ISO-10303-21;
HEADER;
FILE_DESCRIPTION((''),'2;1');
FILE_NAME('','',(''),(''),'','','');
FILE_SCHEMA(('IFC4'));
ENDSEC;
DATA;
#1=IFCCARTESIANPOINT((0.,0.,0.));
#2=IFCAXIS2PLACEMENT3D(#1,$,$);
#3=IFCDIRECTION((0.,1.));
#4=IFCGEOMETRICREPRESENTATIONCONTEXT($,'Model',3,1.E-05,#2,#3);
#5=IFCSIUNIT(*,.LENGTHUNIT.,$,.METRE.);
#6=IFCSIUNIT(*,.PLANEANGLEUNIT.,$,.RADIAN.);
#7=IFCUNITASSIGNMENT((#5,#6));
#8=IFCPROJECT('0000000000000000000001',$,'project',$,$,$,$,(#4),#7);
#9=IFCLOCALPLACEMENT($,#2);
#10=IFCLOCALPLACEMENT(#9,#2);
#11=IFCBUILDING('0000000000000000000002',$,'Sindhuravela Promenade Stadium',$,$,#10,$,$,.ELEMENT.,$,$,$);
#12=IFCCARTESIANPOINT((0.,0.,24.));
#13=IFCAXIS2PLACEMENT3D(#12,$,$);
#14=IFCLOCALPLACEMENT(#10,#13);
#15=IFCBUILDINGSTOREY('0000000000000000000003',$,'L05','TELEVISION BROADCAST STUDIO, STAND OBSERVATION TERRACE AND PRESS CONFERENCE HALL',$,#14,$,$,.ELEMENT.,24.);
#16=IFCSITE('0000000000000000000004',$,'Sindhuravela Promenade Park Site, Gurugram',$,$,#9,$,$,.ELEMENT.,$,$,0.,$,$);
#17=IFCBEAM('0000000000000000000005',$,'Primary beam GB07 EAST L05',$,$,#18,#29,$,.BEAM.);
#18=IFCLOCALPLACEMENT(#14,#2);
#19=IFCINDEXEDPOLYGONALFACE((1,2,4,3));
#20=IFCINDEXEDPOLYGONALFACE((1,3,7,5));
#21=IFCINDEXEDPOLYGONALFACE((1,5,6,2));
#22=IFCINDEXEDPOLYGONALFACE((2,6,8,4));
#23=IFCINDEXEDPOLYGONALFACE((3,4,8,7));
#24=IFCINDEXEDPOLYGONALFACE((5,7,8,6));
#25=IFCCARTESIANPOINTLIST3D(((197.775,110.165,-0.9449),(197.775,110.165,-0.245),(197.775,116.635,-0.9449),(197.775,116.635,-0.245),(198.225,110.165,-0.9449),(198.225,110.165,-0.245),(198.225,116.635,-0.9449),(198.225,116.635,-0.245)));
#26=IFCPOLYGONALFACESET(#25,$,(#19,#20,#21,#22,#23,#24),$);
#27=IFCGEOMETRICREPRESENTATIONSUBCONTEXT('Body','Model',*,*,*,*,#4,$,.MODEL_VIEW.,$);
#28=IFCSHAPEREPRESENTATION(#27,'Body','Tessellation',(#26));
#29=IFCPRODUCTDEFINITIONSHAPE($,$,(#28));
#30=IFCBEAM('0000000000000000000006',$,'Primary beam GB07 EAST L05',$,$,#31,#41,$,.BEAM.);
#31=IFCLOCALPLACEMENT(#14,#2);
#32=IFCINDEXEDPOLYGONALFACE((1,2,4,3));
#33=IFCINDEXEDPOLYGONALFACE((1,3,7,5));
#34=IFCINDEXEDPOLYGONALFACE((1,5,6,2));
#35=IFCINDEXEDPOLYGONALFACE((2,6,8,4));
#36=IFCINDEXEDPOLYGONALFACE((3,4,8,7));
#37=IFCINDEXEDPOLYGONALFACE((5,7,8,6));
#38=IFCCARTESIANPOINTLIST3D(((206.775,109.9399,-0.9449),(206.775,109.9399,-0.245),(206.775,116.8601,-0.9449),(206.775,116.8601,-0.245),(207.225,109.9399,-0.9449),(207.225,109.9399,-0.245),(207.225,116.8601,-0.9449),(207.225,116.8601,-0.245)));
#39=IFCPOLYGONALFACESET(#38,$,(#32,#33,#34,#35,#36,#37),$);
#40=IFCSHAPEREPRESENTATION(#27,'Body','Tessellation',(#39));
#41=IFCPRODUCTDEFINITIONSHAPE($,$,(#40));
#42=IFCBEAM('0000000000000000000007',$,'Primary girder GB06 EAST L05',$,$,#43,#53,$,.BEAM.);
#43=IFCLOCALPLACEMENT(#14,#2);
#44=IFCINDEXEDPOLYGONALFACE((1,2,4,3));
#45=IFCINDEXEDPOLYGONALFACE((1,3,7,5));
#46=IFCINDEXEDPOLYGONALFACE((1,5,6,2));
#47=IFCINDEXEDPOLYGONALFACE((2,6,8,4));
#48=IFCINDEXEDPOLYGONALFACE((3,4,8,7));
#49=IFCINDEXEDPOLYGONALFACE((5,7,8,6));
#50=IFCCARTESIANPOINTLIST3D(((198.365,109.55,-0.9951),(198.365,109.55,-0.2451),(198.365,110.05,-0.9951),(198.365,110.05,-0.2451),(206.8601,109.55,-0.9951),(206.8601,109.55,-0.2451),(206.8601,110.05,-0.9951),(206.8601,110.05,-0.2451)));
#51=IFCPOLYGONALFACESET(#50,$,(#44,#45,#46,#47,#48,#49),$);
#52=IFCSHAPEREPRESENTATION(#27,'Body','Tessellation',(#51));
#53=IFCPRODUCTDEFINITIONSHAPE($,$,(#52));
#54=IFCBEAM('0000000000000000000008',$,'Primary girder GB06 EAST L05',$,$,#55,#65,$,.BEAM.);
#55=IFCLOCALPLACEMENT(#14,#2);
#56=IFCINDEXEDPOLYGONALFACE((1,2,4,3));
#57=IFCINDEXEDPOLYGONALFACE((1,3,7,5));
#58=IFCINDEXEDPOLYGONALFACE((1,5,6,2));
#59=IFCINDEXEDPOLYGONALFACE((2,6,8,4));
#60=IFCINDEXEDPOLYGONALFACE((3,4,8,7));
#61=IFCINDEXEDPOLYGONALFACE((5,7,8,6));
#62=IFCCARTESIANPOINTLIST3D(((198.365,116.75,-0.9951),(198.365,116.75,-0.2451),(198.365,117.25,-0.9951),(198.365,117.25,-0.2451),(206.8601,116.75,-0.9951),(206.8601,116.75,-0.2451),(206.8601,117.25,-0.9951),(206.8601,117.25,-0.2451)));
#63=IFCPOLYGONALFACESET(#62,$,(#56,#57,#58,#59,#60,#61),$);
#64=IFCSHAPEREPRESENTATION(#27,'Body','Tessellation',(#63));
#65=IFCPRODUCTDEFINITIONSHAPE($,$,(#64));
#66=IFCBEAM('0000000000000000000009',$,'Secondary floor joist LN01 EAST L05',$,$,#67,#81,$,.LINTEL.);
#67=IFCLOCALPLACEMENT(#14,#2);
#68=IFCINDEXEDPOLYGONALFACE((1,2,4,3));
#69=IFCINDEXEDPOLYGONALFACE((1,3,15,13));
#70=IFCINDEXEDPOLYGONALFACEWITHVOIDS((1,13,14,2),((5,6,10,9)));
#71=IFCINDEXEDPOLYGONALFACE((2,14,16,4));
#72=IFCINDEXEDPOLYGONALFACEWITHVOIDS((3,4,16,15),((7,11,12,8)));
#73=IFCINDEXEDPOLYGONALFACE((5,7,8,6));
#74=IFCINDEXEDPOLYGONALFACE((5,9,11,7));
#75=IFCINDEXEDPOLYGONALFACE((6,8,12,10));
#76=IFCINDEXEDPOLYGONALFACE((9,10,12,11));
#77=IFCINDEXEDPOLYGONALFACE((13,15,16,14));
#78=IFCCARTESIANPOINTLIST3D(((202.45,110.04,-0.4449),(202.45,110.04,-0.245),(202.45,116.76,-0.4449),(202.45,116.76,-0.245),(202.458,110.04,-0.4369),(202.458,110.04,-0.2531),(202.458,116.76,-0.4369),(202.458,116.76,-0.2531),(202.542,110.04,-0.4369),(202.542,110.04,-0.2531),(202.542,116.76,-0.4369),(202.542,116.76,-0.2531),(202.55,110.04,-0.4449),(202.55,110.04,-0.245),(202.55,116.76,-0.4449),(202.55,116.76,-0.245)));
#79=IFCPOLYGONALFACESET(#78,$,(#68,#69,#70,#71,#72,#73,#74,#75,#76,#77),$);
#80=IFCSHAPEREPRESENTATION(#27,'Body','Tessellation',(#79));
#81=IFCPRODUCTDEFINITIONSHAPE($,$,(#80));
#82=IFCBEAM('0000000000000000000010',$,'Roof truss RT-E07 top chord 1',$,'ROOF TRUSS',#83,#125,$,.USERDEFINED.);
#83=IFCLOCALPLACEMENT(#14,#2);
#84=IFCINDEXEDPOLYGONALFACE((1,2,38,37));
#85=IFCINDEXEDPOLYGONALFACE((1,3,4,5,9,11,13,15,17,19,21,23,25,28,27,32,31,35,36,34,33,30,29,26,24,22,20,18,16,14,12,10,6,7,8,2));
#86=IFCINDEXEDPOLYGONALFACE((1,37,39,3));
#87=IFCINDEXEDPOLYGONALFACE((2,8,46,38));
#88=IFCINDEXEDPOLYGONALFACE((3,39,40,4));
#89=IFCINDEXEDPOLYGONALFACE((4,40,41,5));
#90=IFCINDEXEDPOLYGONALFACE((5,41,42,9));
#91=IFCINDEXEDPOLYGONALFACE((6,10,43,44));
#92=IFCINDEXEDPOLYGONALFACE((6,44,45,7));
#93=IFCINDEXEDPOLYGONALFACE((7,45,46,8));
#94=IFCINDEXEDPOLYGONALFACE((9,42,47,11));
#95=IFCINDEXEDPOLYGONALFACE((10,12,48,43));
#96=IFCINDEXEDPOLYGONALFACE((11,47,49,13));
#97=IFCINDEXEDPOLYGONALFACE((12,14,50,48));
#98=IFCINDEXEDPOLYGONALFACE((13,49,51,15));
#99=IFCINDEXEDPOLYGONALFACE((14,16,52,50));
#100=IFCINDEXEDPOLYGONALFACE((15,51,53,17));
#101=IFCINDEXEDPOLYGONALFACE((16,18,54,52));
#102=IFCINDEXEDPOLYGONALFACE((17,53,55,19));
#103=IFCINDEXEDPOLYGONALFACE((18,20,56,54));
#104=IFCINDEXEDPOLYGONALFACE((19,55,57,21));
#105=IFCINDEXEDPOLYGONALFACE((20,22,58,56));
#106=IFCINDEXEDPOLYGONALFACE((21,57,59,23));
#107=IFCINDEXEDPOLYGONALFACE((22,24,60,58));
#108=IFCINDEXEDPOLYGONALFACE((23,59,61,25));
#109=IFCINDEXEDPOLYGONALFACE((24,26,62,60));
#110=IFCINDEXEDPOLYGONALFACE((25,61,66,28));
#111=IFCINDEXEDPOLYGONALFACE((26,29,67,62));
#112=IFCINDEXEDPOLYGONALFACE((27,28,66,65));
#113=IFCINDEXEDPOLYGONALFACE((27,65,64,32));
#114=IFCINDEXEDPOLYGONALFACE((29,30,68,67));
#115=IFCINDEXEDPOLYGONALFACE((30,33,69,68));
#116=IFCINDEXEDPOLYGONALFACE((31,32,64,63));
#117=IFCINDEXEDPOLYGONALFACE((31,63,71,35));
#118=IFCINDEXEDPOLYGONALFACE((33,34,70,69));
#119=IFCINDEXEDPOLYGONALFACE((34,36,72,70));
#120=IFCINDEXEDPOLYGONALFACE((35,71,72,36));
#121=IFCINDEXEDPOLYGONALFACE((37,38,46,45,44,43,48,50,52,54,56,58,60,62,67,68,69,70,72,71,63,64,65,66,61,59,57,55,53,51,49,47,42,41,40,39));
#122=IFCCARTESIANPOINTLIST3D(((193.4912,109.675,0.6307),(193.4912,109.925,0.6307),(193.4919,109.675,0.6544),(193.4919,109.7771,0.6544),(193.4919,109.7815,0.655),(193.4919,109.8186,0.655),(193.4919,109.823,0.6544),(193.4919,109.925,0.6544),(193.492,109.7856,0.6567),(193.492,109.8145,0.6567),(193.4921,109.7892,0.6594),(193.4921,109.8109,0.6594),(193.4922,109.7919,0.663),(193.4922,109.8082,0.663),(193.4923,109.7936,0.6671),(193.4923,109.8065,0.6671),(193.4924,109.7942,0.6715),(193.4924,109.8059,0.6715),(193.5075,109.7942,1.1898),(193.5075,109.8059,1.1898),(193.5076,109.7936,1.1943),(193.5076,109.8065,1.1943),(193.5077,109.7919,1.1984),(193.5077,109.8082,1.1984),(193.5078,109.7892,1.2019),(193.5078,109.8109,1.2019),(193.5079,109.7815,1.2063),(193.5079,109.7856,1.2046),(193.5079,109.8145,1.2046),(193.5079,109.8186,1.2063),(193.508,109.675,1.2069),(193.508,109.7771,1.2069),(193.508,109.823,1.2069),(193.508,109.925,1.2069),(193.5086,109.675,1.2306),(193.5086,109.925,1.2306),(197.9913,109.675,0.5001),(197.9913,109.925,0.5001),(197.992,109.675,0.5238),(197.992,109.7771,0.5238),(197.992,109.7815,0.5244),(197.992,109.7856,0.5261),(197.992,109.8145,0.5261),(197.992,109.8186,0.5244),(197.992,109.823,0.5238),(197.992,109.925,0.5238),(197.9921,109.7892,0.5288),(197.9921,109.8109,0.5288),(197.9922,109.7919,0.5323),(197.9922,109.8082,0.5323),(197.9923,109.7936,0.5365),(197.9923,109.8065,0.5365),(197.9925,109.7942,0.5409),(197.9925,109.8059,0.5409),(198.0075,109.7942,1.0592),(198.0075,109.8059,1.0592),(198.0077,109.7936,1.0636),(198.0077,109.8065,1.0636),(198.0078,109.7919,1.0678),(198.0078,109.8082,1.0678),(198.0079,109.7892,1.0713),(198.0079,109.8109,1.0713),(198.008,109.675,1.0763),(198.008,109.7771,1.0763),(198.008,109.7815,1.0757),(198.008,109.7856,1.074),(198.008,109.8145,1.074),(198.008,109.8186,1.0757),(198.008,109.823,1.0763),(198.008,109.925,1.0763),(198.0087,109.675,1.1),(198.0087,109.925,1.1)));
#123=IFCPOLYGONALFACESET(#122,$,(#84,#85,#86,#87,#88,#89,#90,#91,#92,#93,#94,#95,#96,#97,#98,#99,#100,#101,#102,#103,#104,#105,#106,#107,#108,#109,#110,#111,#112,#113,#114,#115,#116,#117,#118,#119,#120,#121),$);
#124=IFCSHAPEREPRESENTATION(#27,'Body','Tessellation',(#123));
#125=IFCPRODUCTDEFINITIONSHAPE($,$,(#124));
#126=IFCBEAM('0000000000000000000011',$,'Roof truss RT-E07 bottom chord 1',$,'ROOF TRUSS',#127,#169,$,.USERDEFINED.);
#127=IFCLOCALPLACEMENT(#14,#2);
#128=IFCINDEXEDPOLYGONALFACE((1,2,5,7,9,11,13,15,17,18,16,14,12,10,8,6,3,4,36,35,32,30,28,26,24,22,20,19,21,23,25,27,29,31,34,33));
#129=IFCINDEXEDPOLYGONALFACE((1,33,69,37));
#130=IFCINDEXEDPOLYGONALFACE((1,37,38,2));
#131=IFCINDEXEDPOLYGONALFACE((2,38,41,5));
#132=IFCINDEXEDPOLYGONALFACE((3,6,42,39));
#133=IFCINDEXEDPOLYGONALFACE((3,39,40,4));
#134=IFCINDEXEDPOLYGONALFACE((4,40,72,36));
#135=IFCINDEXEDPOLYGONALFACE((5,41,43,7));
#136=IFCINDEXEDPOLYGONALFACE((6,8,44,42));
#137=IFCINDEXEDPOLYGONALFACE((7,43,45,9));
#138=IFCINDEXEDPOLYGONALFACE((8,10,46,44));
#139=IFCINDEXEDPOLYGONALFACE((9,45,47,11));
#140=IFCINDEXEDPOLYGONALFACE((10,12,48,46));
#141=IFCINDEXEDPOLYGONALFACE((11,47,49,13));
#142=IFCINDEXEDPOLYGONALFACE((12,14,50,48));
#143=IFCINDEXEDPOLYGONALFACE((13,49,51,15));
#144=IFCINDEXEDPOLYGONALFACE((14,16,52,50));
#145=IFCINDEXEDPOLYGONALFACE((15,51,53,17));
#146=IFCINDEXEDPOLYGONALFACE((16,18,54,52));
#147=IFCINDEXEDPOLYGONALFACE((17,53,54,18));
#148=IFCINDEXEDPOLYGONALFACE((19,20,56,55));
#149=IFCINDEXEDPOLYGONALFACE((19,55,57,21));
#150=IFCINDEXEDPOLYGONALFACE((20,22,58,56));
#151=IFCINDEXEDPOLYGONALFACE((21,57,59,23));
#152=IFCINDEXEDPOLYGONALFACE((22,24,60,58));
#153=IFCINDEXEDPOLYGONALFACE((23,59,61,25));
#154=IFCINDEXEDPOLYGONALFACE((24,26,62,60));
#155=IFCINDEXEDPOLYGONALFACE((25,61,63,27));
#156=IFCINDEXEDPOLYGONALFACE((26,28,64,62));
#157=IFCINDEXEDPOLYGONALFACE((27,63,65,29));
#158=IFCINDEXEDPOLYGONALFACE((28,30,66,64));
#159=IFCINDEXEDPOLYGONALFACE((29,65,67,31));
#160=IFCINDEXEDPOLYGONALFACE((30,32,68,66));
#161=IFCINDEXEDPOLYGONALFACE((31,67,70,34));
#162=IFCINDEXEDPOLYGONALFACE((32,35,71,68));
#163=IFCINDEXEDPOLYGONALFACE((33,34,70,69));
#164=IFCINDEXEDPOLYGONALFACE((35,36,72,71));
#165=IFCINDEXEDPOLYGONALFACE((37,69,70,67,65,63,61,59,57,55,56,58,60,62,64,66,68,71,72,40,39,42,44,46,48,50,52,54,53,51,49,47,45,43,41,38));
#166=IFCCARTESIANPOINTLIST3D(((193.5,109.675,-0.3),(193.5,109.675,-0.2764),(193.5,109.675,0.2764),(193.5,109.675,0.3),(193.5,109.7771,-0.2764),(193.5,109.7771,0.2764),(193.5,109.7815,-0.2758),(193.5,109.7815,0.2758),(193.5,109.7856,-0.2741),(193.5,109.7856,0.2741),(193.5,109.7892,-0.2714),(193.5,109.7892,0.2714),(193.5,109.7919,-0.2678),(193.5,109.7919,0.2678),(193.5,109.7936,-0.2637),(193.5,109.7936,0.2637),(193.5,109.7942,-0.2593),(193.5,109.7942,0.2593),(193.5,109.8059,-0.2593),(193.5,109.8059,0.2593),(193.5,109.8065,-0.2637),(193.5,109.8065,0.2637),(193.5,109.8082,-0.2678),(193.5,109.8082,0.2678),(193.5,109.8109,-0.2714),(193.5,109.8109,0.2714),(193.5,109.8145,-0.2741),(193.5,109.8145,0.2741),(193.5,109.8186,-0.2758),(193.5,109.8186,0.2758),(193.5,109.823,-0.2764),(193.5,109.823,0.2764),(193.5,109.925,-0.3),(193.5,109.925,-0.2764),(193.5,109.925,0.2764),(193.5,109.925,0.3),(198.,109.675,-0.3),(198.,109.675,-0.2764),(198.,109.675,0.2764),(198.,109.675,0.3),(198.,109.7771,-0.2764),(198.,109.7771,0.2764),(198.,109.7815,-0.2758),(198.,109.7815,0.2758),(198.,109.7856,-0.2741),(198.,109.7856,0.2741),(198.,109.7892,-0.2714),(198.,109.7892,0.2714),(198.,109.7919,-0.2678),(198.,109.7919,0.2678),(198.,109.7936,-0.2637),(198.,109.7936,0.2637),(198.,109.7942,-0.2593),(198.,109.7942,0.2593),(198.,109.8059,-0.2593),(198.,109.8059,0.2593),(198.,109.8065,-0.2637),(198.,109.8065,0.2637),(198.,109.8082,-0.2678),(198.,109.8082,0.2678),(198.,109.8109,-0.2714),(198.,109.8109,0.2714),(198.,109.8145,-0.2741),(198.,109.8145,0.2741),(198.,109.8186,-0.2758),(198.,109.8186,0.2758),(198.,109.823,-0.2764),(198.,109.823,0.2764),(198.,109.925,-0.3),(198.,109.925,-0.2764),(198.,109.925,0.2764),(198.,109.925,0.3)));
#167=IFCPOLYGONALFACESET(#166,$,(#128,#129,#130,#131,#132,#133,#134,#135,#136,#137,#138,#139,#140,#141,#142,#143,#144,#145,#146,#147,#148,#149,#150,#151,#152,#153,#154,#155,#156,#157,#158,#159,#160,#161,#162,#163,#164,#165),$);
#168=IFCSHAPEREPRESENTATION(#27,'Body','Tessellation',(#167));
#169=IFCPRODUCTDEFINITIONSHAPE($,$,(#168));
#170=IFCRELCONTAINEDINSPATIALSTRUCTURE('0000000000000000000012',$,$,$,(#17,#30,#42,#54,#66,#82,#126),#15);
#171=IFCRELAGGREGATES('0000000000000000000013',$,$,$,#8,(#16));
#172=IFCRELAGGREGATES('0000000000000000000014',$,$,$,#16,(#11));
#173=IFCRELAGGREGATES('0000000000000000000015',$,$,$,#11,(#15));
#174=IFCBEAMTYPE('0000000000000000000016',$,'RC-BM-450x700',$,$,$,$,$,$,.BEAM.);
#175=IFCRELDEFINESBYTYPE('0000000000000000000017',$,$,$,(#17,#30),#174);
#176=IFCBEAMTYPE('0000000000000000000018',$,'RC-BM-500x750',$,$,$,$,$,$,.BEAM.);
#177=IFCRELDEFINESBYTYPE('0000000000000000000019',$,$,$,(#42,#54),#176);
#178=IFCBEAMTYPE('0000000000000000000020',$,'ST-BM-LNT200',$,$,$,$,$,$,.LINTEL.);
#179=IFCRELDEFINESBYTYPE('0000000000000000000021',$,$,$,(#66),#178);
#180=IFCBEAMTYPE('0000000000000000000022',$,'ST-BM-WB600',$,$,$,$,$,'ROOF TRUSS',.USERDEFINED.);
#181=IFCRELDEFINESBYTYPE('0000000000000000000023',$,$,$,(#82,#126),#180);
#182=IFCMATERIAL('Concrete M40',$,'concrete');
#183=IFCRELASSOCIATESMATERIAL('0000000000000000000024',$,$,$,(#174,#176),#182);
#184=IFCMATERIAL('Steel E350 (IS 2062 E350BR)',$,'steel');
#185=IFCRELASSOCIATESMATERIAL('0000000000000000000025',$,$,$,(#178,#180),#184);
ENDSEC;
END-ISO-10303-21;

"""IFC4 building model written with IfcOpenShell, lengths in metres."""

from ifc_helpers import new_model, si_unit, direction, frame, origin, origin_2d, place, context, subcontext, project, spatial, rectangle, hollow_rectangle, i_section, extrude, material, material_profile, profile_set, type_object, element, save


model = new_model("IFC4")

# Units and contexts
model_context = context("Model", 3, precision=1e-05, world=origin(), true_north=direction((0.0, 1.0)))
body_context = subcontext(model_context, "Body", "Model", "MODEL_VIEW")
ifc_project = project(units=[si_unit("LENGTHUNIT", "METRE"), si_unit("PLANEANGLEUNIT", "RADIAN")], contexts=[model_context])

# Site, building, storey
site_placement = place(None, origin())
site = spatial("IfcSite", under=ifc_project, at=site_placement, Name="Sindhuravela Promenade Park Site, Gurugram", CompositionType="ELEMENT", RefElevation=0.0)
building_placement = place(site_placement, origin())
building = spatial("IfcBuilding", under=site, at=building_placement, Name="Sindhuravela Promenade Stadium", CompositionType="ELEMENT")
storey_placement = place(building_placement, frame((0.0, 0.0, 24.0)))
storey = spatial("IfcBuildingStorey", under=building, at=storey_placement, Name="L05", Description="TELEVISION BROADCAST STUDIO, STAND OBSERVATION TERRACE AND PRESS CONFERENCE HALL", CompositionType="ELEMENT", Elevation=24.0)

# Beams
ifc_material_1 = material(Name="Concrete M40", Category="concrete")
ifc_material_profile_1 = material_profile(ifc_material_1, rectangle(XDim=0.45, YDim=0.7, at=origin_2d()), Name="RC 450x700")
ifc_profile_set_1 = profile_set([ifc_material_profile_1], Name="Concrete M40")
beam_type_1 = type_object("IfcBeamType", Name="RC-BM-450x700", PredefinedType="BEAM", material=ifc_profile_set_1)
beam_1_placement = place(storey_placement, frame((198.0, 110.165, -0.595), z_axis=(0.0, 1.0, 0.0), x_axis=(-1.0, 0.0, 0.0)))
element("IfcBeam", 1, at=beam_1_placement, inside=storey, type_object=beam_type_1, Name="Primary beam GB07 EAST L05", PredefinedType="BEAM", context=body_context, shape_type="SweptSolid", body=[
    extrude(rectangle(XDim=0.45, YDim=0.7, at=origin_2d()), origin(), (0.0, 0.0, 1.0), 6.47),
])
beam_2_placement = place(storey_placement, frame((207.0, 109.9399, -0.595), z_axis=(0.0, 1.0, 0.0), x_axis=(-1.0, 0.0, 0.0)))
element("IfcBeam", 2, at=beam_2_placement, inside=storey, type_object=beam_type_1, Name="Primary beam GB07 EAST L05", PredefinedType="BEAM", context=body_context, shape_type="SweptSolid", body=[
    extrude(rectangle(XDim=0.45, YDim=0.7, at=origin_2d()), origin(), (0.0, 0.0, 1.0), 6.9202),
])
ifc_material_profile_2 = material_profile(ifc_material_1, rectangle(XDim=0.5, YDim=0.75, at=origin_2d()), Name="RC 500x750")
ifc_profile_set_2 = profile_set([ifc_material_profile_2], Name="Concrete M40")
beam_type_2 = type_object("IfcBeamType", Name="RC-BM-500x750", PredefinedType="BEAM", material=ifc_profile_set_2)
for number, where, z_axis, x_axis, name in (
    (3, (198.365, 109.8, -0.6201), (1.0, 0.0, 0.0), (0.0, 1.0, 0.0), "Primary girder GB06 EAST L05"),
    (4, (198.365, 117.0, -0.6201), (1.0, 0.0, 0.0), (0.0, 1.0, 0.0), "Primary girder GB06 EAST L05"),
):
    element("IfcBeam", number, at=place(storey_placement, frame(where, z_axis=z_axis, x_axis=x_axis)), inside=storey, type_object=beam_type_2, Name=name, PredefinedType="BEAM", context=body_context, shape_type="SweptSolid", body=[
        extrude(rectangle(XDim=0.5, YDim=0.75, at=origin_2d()), origin(), (0.0, 0.0, 1.0), 8.4951),
    ])
ifc_material_2 = material(Name="Steel E350 (IS 2062 E350BR)", Category="steel")
ifc_material_profile_3 = material_profile(ifc_material_2, hollow_rectangle(XDim=0.1001, YDim=0.2, WallThickness=0.0081, at=origin_2d()), Name="RHS 200x100x8")
ifc_profile_set_3 = profile_set([ifc_material_profile_3], Name="Steel E350 (IS 2062 E350BR)")
beam_type_3 = type_object("IfcBeamType", Name="ST-BM-LNT200", PredefinedType="LINTEL", material=ifc_profile_set_3)
beam_3_placement = place(storey_placement, frame((202.5, 110.04, -0.345), z_axis=(0.0, 1.0, 0.0), x_axis=(-1.0, 0.0, 0.0)))
element("IfcBeam", 5, at=beam_3_placement, inside=storey, type_object=beam_type_3, Name="Secondary floor joist LN01 EAST L05", PredefinedType="LINTEL", context=body_context, shape_type="SweptSolid", body=[
    extrude(hollow_rectangle(XDim=0.1001, YDim=0.2, WallThickness=0.0081, at=origin_2d()), origin(), (0.0, 0.0, 1.0), 6.72),
])
ifc_material_profile_4 = material_profile(ifc_material_2, i_section(OverallWidth=0.25, OverallDepth=0.6001, WebThickness=0.0117, FlangeThickness=0.0237, FilletRadius=0.0171, at=origin_2d()), Name="ISWB 600")
ifc_profile_set_4 = profile_set([ifc_material_profile_4], Name="Steel E350 (IS 2062 E350BR)")
beam_type_4 = type_object("IfcBeamType", Name="ST-BM-WB600", ElementType="ROOF TRUSS", PredefinedType="USERDEFINED", material=ifc_profile_set_4)
beam_4_placement = place(storey_placement, frame((198.0, 109.8, 0.8), z_axis=(-0.999579, 0.0, 0.029013), x_axis=(0.0, -1.0, 0.0)))
element("IfcBeam", 6, at=beam_4_placement, inside=storey, type_object=beam_type_4, Name="Roof truss RT-E07 top chord 1", ObjectType="ROOF TRUSS", PredefinedType="USERDEFINED", context=body_context, shape_type="SweptSolid", body=[
    extrude(i_section(OverallWidth=0.25, OverallDepth=0.6001, WebThickness=0.0117, FlangeThickness=0.0237, FilletRadius=0.0171, at=origin_2d()), origin(), (0.0, 0.0, 1.0), 4.502),
])
beam_5_placement = place(storey_placement, frame((198.0, 109.8, 0.0), z_axis=(-1.0, 0.0, 0.0), x_axis=(0.0, -1.0, 0.0)))
element("IfcBeam", 7, at=beam_5_placement, inside=storey, type_object=beam_type_4, Name="Roof truss RT-E07 bottom chord 1", ObjectType="ROOF TRUSS", PredefinedType="USERDEFINED", context=body_context, shape_type="SweptSolid", body=[
    extrude(i_section(OverallWidth=0.25, OverallDepth=0.6001, WebThickness=0.0117, FlangeThickness=0.0237, FilletRadius=0.0171, at=origin_2d()), origin(), (0.0, 0.0, 1.0), 4.5),
])

save(model, "model.ifc")
